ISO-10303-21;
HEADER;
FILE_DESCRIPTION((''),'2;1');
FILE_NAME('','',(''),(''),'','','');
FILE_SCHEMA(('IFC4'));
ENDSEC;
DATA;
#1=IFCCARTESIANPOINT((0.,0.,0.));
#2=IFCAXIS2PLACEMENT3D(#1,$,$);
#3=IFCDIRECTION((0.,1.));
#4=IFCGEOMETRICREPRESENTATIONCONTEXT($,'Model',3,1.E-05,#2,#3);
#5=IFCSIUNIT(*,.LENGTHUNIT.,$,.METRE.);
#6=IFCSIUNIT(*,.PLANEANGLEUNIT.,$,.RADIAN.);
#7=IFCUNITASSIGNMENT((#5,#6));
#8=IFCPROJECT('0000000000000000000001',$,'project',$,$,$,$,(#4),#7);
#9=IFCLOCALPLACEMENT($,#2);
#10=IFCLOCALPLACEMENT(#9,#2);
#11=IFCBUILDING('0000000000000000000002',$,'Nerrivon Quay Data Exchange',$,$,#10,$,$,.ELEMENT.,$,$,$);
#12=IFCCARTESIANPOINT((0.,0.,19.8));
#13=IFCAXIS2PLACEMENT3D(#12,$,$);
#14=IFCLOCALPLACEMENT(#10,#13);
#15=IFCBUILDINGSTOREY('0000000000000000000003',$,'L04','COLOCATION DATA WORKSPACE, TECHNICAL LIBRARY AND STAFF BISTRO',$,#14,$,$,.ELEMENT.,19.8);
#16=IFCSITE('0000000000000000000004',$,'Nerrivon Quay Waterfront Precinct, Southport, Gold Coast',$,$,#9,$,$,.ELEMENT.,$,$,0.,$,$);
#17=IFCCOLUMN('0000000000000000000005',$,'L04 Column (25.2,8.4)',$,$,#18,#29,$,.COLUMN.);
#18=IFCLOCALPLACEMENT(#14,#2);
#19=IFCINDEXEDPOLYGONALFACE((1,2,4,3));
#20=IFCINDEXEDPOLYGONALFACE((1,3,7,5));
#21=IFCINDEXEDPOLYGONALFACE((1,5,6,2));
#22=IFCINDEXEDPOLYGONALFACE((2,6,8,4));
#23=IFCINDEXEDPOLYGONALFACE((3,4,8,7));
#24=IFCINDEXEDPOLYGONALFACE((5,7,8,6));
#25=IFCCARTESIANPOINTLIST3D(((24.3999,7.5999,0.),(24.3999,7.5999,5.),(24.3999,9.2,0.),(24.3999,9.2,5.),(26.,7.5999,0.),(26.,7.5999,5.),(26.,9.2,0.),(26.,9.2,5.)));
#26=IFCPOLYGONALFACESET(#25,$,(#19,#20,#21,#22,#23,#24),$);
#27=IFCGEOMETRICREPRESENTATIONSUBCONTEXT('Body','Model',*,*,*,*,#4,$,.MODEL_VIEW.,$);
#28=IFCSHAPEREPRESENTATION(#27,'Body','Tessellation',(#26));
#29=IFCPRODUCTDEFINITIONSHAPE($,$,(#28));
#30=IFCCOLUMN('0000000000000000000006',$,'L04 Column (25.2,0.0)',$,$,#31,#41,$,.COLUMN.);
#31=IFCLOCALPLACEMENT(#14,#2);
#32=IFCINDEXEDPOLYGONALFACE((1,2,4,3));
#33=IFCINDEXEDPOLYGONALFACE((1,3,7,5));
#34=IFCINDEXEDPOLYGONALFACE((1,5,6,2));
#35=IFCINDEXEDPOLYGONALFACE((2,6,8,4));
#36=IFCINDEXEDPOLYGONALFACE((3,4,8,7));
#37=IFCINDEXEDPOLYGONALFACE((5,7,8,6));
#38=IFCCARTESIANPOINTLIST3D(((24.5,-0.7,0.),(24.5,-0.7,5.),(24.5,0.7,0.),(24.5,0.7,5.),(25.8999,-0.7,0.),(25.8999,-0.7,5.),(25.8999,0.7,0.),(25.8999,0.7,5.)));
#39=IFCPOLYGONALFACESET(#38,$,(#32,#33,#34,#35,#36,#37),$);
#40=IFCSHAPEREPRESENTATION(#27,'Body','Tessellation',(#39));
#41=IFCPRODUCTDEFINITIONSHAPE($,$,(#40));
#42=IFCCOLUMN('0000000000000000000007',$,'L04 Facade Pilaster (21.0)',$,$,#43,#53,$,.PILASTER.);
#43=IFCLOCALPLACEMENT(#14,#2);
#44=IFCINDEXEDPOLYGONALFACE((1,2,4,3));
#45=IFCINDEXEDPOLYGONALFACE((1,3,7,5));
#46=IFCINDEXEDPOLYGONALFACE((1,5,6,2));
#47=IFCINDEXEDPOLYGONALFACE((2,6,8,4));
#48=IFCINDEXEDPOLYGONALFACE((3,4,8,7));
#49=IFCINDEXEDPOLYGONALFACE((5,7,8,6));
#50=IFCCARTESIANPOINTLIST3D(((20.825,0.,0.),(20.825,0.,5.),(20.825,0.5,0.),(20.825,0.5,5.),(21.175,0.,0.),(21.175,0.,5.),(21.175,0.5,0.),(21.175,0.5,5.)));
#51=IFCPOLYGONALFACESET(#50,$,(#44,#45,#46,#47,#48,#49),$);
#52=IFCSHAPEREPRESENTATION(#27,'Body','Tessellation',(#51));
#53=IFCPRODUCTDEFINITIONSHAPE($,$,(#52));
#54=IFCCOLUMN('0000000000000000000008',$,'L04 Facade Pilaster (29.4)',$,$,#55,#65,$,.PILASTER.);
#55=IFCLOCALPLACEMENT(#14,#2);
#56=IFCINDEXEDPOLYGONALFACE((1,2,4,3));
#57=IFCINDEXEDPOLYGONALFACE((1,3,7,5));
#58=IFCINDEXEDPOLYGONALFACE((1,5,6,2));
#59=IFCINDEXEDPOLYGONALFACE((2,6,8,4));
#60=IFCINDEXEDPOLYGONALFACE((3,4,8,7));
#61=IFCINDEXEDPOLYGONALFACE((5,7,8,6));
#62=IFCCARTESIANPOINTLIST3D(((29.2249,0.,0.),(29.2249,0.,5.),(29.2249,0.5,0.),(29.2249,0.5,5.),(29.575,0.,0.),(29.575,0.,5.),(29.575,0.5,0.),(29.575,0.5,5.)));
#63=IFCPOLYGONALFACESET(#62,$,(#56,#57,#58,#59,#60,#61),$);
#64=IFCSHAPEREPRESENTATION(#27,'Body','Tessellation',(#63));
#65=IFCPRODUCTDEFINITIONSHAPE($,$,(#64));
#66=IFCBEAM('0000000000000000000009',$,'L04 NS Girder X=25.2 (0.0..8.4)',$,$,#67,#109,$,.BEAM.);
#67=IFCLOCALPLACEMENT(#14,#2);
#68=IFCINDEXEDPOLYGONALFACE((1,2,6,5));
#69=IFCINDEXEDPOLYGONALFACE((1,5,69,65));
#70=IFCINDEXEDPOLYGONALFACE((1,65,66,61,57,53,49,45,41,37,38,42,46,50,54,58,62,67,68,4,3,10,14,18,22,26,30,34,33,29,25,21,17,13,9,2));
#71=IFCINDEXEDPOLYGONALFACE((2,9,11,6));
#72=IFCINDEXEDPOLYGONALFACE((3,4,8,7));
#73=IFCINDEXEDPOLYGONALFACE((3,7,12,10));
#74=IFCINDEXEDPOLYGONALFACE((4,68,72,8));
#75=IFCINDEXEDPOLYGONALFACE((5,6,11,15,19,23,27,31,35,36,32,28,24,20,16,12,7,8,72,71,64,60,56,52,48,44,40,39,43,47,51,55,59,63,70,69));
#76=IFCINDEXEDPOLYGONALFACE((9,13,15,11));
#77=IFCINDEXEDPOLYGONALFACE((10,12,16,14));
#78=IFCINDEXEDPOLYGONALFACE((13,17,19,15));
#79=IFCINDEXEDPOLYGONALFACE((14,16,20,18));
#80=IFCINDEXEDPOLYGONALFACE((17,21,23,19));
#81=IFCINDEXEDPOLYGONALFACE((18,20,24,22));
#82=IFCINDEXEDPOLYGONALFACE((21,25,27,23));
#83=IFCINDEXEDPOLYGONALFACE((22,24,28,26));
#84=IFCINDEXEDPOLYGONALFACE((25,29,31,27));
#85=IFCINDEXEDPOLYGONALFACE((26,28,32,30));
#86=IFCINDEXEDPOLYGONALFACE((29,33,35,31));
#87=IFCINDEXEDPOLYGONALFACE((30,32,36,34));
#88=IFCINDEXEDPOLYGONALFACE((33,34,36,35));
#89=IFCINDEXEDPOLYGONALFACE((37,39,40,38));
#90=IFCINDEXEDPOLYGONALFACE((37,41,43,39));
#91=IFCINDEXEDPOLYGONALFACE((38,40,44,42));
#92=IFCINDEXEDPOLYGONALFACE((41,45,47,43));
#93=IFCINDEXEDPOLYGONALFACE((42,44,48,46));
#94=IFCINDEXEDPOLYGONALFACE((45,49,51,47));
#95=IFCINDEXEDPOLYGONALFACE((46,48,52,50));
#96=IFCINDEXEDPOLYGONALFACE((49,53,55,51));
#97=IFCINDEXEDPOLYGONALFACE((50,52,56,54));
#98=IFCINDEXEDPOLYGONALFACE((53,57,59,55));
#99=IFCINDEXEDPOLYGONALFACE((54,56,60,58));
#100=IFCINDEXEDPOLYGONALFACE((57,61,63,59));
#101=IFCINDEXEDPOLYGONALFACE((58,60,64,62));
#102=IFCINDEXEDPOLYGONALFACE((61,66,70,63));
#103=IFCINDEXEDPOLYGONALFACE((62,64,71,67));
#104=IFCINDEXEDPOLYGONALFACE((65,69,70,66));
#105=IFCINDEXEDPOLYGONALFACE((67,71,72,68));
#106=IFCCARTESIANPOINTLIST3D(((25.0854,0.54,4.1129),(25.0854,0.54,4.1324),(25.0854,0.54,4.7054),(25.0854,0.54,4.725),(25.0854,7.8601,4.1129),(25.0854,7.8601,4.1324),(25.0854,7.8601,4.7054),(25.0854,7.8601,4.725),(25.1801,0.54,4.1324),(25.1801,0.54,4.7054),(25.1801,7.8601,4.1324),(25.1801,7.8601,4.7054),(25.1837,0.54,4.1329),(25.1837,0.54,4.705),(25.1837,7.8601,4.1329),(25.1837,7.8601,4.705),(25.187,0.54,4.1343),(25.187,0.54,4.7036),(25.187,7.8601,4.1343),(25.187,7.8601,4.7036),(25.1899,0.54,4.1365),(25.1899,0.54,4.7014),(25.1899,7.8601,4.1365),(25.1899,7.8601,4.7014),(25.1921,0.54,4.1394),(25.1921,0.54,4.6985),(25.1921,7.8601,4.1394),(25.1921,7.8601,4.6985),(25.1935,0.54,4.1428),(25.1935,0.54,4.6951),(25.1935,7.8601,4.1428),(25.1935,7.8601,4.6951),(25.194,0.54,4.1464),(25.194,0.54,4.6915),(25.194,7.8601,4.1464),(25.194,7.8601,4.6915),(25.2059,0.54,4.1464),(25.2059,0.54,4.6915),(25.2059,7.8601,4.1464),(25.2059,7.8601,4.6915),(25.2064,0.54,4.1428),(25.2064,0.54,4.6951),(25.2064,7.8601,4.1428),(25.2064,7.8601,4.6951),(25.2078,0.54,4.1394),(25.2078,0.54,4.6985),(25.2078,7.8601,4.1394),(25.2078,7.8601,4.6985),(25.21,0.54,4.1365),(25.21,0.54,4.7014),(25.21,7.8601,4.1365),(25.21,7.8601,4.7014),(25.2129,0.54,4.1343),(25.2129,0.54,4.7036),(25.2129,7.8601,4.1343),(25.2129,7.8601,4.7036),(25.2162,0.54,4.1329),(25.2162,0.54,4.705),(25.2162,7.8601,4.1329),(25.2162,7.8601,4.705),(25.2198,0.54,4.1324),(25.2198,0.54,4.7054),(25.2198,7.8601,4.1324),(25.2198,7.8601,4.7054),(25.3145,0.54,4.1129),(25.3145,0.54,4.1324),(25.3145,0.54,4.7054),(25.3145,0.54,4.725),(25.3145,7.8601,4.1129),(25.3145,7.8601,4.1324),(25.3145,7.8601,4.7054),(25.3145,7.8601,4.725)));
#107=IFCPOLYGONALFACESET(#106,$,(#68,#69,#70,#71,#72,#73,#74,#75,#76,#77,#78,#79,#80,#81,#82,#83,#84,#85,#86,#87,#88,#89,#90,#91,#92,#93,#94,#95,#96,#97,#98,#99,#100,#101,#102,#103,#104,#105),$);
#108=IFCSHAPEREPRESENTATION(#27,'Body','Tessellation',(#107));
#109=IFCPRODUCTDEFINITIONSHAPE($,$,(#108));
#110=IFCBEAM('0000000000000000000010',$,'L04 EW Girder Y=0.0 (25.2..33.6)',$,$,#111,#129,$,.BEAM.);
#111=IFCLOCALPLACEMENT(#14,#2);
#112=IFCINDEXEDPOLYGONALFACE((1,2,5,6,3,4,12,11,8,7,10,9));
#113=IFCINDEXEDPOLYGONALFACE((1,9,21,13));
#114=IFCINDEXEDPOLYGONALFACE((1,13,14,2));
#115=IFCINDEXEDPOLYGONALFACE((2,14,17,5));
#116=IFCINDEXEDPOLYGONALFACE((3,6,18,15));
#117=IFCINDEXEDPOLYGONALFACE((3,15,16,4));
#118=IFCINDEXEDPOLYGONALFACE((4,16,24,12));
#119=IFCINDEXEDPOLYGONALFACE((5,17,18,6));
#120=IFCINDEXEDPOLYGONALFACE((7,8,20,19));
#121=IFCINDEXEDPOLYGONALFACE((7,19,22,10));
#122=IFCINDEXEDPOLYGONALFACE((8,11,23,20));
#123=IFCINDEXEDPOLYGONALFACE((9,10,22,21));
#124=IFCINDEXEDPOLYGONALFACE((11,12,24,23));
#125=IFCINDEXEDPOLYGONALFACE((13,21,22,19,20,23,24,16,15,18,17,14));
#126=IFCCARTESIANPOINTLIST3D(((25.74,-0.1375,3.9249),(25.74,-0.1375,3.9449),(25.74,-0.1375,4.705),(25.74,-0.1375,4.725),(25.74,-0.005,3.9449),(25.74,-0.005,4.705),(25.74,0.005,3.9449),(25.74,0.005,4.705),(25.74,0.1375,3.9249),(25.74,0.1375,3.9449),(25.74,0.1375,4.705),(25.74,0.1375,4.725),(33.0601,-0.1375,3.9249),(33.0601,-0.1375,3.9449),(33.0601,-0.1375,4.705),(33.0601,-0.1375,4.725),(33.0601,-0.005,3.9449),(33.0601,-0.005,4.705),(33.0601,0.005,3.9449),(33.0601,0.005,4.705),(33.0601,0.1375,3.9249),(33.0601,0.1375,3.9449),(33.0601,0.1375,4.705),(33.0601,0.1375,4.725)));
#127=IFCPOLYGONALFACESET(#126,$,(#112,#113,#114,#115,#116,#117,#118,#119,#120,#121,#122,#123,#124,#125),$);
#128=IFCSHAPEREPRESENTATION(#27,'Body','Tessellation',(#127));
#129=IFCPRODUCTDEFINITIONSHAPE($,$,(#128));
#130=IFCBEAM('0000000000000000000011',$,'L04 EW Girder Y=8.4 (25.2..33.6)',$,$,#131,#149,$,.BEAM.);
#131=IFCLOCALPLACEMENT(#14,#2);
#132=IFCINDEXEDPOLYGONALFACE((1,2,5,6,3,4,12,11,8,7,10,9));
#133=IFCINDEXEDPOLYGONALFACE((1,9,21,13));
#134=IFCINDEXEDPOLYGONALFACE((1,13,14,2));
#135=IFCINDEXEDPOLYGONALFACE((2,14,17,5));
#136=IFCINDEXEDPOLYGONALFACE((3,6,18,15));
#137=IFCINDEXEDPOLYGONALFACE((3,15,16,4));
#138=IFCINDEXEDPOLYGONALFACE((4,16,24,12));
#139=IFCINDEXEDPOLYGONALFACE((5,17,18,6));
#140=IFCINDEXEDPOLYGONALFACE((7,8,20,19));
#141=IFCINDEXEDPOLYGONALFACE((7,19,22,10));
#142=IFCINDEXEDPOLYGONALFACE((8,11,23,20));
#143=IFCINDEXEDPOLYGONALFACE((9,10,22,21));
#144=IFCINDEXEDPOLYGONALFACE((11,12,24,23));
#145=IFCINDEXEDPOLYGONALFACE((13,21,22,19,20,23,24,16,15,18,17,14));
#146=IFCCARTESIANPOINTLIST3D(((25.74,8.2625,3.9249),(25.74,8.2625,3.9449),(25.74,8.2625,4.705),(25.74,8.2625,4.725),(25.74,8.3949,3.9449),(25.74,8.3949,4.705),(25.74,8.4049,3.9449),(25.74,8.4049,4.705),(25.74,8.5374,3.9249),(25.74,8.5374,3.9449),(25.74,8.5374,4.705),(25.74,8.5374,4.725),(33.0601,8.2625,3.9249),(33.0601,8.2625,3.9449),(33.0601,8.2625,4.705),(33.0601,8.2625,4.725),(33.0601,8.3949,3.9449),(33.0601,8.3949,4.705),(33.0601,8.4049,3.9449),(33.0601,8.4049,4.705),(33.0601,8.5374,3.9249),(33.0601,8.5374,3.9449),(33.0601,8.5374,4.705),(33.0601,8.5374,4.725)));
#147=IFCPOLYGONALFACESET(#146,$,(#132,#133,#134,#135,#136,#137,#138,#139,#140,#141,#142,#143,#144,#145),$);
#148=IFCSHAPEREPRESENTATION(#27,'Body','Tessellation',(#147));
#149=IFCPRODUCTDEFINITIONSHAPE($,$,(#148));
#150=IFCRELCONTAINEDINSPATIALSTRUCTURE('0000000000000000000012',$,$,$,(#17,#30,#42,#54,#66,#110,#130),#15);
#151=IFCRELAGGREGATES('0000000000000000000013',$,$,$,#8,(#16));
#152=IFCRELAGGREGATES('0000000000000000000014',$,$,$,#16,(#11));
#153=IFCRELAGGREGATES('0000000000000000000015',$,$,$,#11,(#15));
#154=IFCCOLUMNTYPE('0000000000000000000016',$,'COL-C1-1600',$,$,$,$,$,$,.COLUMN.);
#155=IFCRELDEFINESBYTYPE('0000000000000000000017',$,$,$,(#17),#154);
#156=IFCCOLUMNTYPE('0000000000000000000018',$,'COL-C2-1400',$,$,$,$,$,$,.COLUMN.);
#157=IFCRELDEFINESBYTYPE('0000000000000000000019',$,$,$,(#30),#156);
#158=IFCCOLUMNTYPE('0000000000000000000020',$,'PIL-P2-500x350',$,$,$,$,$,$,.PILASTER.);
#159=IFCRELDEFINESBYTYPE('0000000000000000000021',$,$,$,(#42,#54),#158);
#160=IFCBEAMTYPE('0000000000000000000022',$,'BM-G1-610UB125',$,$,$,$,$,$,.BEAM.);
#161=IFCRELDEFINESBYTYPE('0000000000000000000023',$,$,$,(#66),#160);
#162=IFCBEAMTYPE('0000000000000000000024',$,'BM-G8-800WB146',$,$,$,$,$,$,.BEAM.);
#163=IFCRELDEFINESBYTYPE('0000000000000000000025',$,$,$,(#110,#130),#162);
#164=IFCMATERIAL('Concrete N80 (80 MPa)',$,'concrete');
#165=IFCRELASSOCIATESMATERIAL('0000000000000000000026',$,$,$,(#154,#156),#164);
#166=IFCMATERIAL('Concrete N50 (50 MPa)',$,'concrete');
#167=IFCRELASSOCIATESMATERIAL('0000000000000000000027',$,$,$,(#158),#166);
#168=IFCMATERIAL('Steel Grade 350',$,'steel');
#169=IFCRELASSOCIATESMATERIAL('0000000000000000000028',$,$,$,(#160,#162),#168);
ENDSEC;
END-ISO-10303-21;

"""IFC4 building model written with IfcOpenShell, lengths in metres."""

from ifc_helpers import new_model, si_unit, direction, frame, origin, origin_2d, place, context, subcontext, project, spatial, rectangle, i_section, extrude, material, material_profile, profile_set, type_object, element, save


model = new_model("IFC4")

# Units and contexts
model_context = context("Model", 3, precision=1e-05, world=origin(), true_north=direction((0.0, 1.0)))
body_context = subcontext(model_context, "Body", "Model", "MODEL_VIEW")
ifc_project = project(units=[si_unit("LENGTHUNIT", "METRE"), si_unit("PLANEANGLEUNIT", "RADIAN")], contexts=[model_context])

# Site, building, storey
site_placement = place(None, origin())
site = spatial("IfcSite", under=ifc_project, at=site_placement, Name="Nerrivon Quay Waterfront Precinct, Southport, Gold Coast", CompositionType="ELEMENT", RefElevation=0.0)
building_placement = place(site_placement, origin())
building = spatial("IfcBuilding", under=site, at=building_placement, Name="Nerrivon Quay Data Exchange", CompositionType="ELEMENT")
storey_placement = place(building_placement, frame((0.0, 0.0, 19.8)))
storey = spatial("IfcBuildingStorey", under=building, at=storey_placement, Name="L04", Description="COLOCATION DATA WORKSPACE, TECHNICAL LIBRARY AND STAFF BISTRO", CompositionType="ELEMENT", Elevation=19.8)

# Columns
ifc_material_1 = material(Name="Concrete N80 (80 MPa)", Category="concrete")
ifc_material_profile_1 = material_profile(ifc_material_1, rectangle(XDim=1.6001, YDim=1.6001, at=origin_2d()), Name="RC-COL-1600x1600")
ifc_profile_set_1 = profile_set([ifc_material_profile_1], Name="Concrete N80 (80 MPa)")
column_type_1 = type_object("IfcColumnType", Name="COL-C1-1600", PredefinedType="COLUMN", material=ifc_profile_set_1)
column_1_placement = place(storey_placement, frame((25.2, 8.3999, 0.0), z_axis=(0.0, 0.0, 1.0), x_axis=(1.0, 0.0, 0.0)))
element("IfcColumn", 1, at=column_1_placement, inside=storey, type_object=column_type_1, Name="L04 Column (25.2,8.4)", PredefinedType="COLUMN", context=body_context, shape_type="SweptSolid", body=[
    extrude(rectangle(XDim=1.6001, YDim=1.6001, at=origin_2d()), origin(), (0.0, 0.0, 1.0), 5.0),
])
ifc_material_profile_2 = material_profile(ifc_material_1, rectangle(XDim=1.3999, YDim=1.3999, at=origin_2d()), Name="RC-COL-1400x1400")
ifc_profile_set_2 = profile_set([ifc_material_profile_2], Name="Concrete N80 (80 MPa)")
column_type_2 = type_object("IfcColumnType", Name="COL-C2-1400", PredefinedType="COLUMN", material=ifc_profile_set_2)
column_2_placement = place(storey_placement, frame((25.2, 0.0, 0.0), z_axis=(0.0, 0.0, 1.0), x_axis=(1.0, 0.0, 0.0)))
element("IfcColumn", 2, at=column_2_placement, inside=storey, type_object=column_type_2, Name="L04 Column (25.2,0.0)", PredefinedType="COLUMN", context=body_context, shape_type="SweptSolid", body=[
    extrude(rectangle(XDim=1.3999, YDim=1.3999, at=origin_2d()), origin(), (0.0, 0.0, 1.0), 5.0),
])
ifc_material_2 = material(Name="Concrete N50 (50 MPa)", Category="concrete")
ifc_material_profile_3 = material_profile(ifc_material_2, rectangle(XDim=0.3501, YDim=0.5, at=origin_2d()), Name="RC-PIL-500x350")
ifc_profile_set_3 = profile_set([ifc_material_profile_3], Name="Concrete N50 (50 MPa)")
column_type_3 = type_object("IfcColumnType", Name="PIL-P2-500x350", PredefinedType="PILASTER", material=ifc_profile_set_3)
for number, where, z_axis, x_axis, name in (
    (3, (21.0, 0.25, 0.0), (0.0, 0.0, 1.0), (1.0, 0.0, 0.0), "L04 Facade Pilaster (21.0)"),
    (4, (29.3999, 0.25, 0.0), (0.0, 0.0, 1.0), (1.0, 0.0, 0.0), "L04 Facade Pilaster (29.4)"),
):
    element("IfcColumn", number, at=place(storey_placement, frame(where, z_axis=z_axis, x_axis=x_axis)), inside=storey, type_object=column_type_3, Name=name, PredefinedType="PILASTER", context=body_context, shape_type="SweptSolid", body=[
        extrude(rectangle(XDim=0.3501, YDim=0.5, at=origin_2d()), origin(), (0.0, 0.0, 1.0), 5.0),
    ])

# Beams
ifc_material_3 = material(Name="Steel Grade 350", Category="steel")
ifc_material_profile_4 = material_profile(ifc_material_3, i_section(OverallWidth=0.229, OverallDepth=0.6121, WebThickness=0.012, FlangeThickness=0.0195, FilletRadius=0.0139, at=origin_2d()), Name="610UB125")
ifc_profile_set_4 = profile_set([ifc_material_profile_4], Name="Steel Grade 350")
beam_type_1 = type_object("IfcBeamType", Name="BM-G1-610UB125", PredefinedType="BEAM", material=ifc_profile_set_4)
beam_placement = place(storey_placement, frame((25.2, 0.54, 4.4189), z_axis=(0.0, 1.0, 0.0), x_axis=(-1.0, 0.0, 0.0)))
element("IfcBeam", 5, at=beam_placement, inside=storey, type_object=beam_type_1, Name="L04 NS Girder X=25.2 (0.0..8.4)", PredefinedType="BEAM", context=body_context, shape_type="SweptSolid", body=[
    extrude(i_section(OverallWidth=0.229, OverallDepth=0.6121, WebThickness=0.012, FlangeThickness=0.0195, FilletRadius=0.0139, at=origin_2d()), origin(), (0.0, 0.0, 1.0), 7.3201),
])
ifc_material_profile_5 = material_profile(ifc_material_3, i_section(OverallWidth=0.2749, OverallDepth=0.8, WebThickness=0.01, FlangeThickness=0.02, at=origin_2d()), Name="800WB146")
ifc_profile_set_5 = profile_set([ifc_material_profile_5], Name="Steel Grade 350")
beam_type_2 = type_object("IfcBeamType", Name="BM-G8-800WB146", PredefinedType="BEAM", material=ifc_profile_set_5)
for number, where, z_axis, x_axis, name in (
    (6, (25.74, 0.0, 4.325), (1.0, 0.0, 0.0), (0.0, 1.0, 0.0), "L04 EW Girder Y=0.0 (25.2..33.6)"),
    (7, (25.74, 8.3999, 4.325), (1.0, 0.0, 0.0), (0.0, 1.0, 0.0), "L04 EW Girder Y=8.4 (25.2..33.6)"),
):
    element("IfcBeam", number, at=place(storey_placement, frame(where, z_axis=z_axis, x_axis=x_axis)), inside=storey, type_object=beam_type_2, Name=name, PredefinedType="BEAM", context=body_context, shape_type="SweptSolid", body=[
        extrude(i_section(OverallWidth=0.2749, OverallDepth=0.8, WebThickness=0.01, FlangeThickness=0.02, at=origin_2d()), origin(), (0.0, 0.0, 1.0), 7.3201),
    ])

save(model, "model.ifc")
